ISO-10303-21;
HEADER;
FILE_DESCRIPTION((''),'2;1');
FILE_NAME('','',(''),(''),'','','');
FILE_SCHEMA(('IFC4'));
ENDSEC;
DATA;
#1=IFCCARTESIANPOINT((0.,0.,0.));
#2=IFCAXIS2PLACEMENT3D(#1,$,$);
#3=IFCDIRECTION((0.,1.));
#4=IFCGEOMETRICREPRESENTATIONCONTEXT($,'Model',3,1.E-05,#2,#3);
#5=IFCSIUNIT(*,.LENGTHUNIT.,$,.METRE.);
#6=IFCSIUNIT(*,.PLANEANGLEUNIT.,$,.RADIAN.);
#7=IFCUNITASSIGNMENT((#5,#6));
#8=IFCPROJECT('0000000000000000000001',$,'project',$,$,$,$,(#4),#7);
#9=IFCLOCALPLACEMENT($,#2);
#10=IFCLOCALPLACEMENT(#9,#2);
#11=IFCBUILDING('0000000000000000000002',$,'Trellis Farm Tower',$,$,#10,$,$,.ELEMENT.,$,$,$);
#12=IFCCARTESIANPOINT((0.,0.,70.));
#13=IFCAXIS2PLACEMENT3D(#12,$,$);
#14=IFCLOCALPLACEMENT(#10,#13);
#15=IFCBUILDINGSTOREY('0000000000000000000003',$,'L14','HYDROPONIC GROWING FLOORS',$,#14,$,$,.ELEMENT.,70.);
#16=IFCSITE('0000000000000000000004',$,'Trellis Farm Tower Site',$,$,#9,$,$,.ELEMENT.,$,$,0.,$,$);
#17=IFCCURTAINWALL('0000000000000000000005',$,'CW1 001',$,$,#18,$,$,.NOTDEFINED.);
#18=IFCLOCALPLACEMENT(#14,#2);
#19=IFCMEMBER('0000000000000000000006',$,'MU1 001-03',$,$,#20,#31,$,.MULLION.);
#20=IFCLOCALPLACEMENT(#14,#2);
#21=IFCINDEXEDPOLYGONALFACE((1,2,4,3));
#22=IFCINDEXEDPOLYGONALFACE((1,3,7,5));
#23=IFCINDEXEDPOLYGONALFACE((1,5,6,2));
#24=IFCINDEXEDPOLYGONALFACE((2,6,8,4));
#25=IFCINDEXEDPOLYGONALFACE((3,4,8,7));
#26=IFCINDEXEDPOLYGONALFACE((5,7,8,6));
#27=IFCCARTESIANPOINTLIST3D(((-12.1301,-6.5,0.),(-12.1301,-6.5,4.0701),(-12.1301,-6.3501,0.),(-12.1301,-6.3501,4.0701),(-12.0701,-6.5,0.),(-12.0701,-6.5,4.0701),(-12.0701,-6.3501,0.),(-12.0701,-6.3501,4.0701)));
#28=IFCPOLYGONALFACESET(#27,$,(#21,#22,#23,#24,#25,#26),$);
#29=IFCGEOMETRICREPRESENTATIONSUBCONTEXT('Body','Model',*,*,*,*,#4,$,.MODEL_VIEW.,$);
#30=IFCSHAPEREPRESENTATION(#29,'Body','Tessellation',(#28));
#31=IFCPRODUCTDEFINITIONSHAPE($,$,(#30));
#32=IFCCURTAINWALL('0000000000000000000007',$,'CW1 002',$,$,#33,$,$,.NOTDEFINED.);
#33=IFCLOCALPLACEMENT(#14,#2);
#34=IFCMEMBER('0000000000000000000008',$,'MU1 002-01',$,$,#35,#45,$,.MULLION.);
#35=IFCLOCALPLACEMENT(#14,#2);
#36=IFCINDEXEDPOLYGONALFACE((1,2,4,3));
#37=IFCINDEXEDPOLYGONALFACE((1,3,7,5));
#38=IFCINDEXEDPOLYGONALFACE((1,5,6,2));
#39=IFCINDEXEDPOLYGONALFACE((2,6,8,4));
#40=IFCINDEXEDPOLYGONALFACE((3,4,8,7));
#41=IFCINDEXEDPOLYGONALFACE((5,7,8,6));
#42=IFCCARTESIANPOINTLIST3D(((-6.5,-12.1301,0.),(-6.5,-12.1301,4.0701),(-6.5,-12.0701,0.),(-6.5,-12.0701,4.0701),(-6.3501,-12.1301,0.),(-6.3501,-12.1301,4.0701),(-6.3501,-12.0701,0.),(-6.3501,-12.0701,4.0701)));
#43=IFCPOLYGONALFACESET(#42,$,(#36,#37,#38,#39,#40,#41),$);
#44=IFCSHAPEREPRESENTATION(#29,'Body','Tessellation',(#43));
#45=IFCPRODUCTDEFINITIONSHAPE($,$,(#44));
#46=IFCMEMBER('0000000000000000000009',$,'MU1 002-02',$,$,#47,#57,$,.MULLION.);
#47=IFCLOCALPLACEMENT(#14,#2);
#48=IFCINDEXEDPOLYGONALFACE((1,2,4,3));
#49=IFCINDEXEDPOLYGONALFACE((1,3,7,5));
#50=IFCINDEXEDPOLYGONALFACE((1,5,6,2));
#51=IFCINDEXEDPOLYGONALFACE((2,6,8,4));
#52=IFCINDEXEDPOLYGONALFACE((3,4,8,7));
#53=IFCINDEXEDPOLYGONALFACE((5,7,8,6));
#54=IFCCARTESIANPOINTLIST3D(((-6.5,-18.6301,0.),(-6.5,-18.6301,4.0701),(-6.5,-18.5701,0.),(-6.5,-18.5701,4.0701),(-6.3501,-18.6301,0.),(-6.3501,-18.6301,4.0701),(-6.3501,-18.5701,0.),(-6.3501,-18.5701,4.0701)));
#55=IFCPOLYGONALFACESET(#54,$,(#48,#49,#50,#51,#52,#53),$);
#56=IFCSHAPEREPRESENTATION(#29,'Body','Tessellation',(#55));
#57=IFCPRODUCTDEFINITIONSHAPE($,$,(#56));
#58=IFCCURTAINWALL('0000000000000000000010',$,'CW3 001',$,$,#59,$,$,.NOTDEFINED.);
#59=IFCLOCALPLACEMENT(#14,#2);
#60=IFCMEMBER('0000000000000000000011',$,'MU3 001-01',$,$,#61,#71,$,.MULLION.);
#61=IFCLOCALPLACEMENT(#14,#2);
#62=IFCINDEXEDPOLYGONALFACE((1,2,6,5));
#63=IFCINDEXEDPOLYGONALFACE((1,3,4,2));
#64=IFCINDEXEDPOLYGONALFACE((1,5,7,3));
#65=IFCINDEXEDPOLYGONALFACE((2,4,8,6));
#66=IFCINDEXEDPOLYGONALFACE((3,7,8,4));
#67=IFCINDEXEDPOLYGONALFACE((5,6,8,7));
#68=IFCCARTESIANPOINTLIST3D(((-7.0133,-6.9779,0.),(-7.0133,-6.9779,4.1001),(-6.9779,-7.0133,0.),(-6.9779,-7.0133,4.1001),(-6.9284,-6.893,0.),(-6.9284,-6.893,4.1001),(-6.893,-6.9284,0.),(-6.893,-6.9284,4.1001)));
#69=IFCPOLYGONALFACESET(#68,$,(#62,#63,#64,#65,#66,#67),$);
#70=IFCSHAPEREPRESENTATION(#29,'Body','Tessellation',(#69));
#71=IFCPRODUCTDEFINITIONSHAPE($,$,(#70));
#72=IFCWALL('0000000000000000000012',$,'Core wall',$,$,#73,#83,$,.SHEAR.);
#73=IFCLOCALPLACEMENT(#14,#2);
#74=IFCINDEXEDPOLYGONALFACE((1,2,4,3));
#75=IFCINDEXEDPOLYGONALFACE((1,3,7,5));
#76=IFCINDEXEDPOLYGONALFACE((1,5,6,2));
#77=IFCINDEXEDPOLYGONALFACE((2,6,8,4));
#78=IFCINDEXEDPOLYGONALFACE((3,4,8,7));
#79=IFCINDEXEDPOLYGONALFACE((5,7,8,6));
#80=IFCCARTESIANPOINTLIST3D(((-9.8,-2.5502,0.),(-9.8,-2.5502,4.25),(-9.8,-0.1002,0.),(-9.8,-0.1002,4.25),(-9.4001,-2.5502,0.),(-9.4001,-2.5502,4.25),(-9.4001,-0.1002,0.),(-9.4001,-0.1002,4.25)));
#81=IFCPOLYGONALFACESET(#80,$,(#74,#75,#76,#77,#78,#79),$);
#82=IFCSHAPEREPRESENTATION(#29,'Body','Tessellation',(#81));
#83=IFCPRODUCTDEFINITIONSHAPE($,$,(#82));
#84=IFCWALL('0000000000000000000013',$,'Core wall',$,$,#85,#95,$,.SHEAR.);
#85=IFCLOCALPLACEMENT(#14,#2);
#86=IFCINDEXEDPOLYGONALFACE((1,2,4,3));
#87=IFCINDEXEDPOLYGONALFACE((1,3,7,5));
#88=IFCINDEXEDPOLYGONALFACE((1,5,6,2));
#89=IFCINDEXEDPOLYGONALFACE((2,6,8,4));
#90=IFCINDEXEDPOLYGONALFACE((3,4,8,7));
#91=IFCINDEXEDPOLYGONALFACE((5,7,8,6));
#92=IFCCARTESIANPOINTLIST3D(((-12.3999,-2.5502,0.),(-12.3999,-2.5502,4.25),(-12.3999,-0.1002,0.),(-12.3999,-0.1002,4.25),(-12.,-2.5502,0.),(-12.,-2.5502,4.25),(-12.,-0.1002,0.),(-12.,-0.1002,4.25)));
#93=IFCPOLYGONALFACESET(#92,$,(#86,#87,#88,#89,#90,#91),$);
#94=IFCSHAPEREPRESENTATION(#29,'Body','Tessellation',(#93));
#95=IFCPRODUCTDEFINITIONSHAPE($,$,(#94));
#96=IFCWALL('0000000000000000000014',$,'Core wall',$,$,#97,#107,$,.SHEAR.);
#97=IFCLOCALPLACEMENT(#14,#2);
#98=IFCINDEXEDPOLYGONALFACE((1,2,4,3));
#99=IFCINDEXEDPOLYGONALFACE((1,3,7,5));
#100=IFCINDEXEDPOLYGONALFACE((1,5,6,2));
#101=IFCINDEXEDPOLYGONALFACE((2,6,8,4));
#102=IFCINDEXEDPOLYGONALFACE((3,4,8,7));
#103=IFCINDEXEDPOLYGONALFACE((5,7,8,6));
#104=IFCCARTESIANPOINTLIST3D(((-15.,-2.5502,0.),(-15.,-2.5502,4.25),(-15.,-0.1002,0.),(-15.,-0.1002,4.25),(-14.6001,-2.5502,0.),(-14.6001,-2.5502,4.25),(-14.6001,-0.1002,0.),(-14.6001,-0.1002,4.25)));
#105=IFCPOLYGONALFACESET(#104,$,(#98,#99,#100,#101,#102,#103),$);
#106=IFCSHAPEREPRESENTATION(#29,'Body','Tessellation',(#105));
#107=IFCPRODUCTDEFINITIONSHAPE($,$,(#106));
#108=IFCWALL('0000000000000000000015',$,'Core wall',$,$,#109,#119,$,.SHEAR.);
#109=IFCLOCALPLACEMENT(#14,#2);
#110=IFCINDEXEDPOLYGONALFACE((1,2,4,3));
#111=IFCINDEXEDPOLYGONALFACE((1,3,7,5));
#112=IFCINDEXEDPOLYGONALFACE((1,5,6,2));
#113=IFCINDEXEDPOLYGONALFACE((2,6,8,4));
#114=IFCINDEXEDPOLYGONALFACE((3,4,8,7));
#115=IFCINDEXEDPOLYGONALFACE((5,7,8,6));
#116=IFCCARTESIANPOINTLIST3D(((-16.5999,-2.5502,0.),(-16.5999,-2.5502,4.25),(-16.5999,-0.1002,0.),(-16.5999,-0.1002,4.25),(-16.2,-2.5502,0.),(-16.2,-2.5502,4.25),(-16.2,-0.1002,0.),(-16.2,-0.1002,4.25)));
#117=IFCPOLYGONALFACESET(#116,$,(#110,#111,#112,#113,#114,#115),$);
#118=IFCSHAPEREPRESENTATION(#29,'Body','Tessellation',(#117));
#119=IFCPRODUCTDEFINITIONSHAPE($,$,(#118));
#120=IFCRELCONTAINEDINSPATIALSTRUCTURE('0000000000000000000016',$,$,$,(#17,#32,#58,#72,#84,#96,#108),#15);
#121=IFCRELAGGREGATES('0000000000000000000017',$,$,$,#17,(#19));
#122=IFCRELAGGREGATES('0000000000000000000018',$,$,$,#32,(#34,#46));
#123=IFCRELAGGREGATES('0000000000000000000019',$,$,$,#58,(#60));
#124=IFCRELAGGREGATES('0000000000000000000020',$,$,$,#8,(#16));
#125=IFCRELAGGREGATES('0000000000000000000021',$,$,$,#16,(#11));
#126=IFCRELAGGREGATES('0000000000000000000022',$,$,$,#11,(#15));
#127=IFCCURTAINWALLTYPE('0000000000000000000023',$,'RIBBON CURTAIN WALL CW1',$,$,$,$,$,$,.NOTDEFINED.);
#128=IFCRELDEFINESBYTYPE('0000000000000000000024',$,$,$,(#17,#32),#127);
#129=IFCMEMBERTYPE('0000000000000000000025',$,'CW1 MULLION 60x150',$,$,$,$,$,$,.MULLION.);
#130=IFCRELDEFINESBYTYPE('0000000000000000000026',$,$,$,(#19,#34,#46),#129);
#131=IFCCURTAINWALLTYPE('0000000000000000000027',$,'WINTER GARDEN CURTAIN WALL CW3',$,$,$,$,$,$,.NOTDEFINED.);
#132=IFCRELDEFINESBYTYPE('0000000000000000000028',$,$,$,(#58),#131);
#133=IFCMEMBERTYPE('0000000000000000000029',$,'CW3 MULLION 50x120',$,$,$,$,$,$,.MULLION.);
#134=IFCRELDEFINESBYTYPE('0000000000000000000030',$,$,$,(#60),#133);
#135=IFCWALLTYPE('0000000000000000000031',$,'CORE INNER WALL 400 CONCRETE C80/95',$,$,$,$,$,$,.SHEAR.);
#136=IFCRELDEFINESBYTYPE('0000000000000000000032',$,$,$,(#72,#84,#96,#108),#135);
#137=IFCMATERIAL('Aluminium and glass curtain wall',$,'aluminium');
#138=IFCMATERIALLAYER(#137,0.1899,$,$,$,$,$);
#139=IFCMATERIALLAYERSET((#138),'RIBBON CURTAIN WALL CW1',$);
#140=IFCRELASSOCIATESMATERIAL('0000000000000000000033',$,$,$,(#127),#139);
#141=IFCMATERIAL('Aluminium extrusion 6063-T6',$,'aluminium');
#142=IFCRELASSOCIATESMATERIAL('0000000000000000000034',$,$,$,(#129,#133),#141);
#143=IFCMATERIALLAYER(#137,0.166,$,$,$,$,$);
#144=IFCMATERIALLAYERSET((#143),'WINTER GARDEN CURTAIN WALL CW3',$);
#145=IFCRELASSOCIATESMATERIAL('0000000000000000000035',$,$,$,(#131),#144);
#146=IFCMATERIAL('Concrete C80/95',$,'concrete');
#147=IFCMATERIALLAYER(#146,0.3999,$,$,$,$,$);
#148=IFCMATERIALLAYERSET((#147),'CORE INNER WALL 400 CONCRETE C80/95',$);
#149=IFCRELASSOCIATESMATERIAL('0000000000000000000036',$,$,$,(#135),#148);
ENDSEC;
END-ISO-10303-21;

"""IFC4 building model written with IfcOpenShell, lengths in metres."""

from ifc_helpers import new_model, si_unit, direction, frame, frame_2d, origin, origin_2d, place, context, subcontext, project, spatial, rectangle, extrude, source, transform, mapped, material, layer, layer_set, material_profile, profile_set, type_object, element, aggregate, save


model = new_model("IFC4")

# Units and contexts
model_context = context("Model", 3, precision=1e-05, world=origin(), true_north=direction((0.0, 1.0)))
body_context = subcontext(model_context, "Body", "Model", "MODEL_VIEW")
ifc_project = project(units=[si_unit("LENGTHUNIT", "METRE"), si_unit("PLANEANGLEUNIT", "RADIAN")], contexts=[model_context])

# Site, building, storey
site_placement = place(None, origin())
site = spatial("IfcSite", under=ifc_project, at=site_placement, Name="Trellis Farm Tower Site", CompositionType="ELEMENT", RefElevation=0.0)
building_placement = place(site_placement, origin())
building = spatial("IfcBuilding", under=site, at=building_placement, Name="Trellis Farm Tower", CompositionType="ELEMENT")
storey_placement = place(building_placement, frame((0.0, 0.0, 70.0)))
storey = spatial("IfcBuildingStorey", under=building, at=storey_placement, Name="L14", Description="HYDROPONIC GROWING FLOORS", CompositionType="ELEMENT", Elevation=70.0)

# Shared definitions
ifc_material_1 = material(Name="Concrete C80/95", Category="concrete")

# Curtain wall, member
ifc_material_2 = material(Name="Aluminium and glass curtain wall", Category="aluminium")
ifc_layer_1 = layer(ifc_material_2, 0.1899)
ifc_layer_set_1 = layer_set([ifc_layer_1], Name="RIBBON CURTAIN WALL CW1")
curtain_wall_type_1 = type_object("IfcCurtainWallType", Name="RIBBON CURTAIN WALL CW1", PredefinedType="NOTDEFINED", material=ifc_layer_set_1)
placement = place(storey_placement, origin())
curtain_wall_1 = element("IfcCurtainWall", 1, at=placement, inside=storey, type_object=curtain_wall_type_1, Name="CW1 001", PredefinedType="NOTDEFINED")
ifc_material_3 = material(Name="Aluminium extrusion 6063-T6", Category="aluminium")
ifc_material_profile_1 = material_profile(ifc_material_3, rectangle(XDim=0.0601, YDim=0.1499, at=origin_2d()), Name="MULLION 60x150")
ifc_profile_set_1 = profile_set([ifc_material_profile_1], Name="Aluminium extrusion 6063-T6")
member_type_1 = type_object("IfcMemberType", Name="CW1 MULLION 60x150", PredefinedType="MULLION", material=ifc_profile_set_1)
shared_shape_1 = source(origin(), body_context, "Body", "SweptSolid", [
    extrude(rectangle(XDim=0.0601, YDim=0.1499, at=origin_2d()), origin(), (0.0, 0.0, 1.0), 4.0701),
])
member_1_placement = place(storey_placement, frame((-12.1001, -6.425, 0.0), z_axis=(0.0, 0.0, 1.0), x_axis=(1.0, 0.0, 0.0)))
member_1 = element("IfcMember", 2, at=member_1_placement, type_object=member_type_1, Name="MU1 001-03", PredefinedType="MULLION", context=body_context, shape_type="MappedRepresentation", body=[
    mapped(shared_shape_1, transform((0.0, 0.0, 0.0))),
])
aggregate(curtain_wall_1, [member_1])

# Curtain wall, members
curtain_wall_2 = element("IfcCurtainWall", 3, at=placement, inside=storey, type_object=curtain_wall_type_1, Name="CW1 002", PredefinedType="NOTDEFINED")
member_2_placement = place(storey_placement, frame((-6.425, -12.1001, 0.0), z_axis=(0.0, 0.0, 1.0), x_axis=(0.0, -1.0, 0.0)))
member_2 = element("IfcMember", 4, at=member_2_placement, type_object=member_type_1, Name="MU1 002-01", PredefinedType="MULLION", context=body_context, shape_type="MappedRepresentation", body=[
    mapped(shared_shape_1, transform((0.0, 0.0, 0.0))),
])
member_3_placement = place(storey_placement, frame((-6.425, -18.6001, 0.0), z_axis=(0.0, 0.0, 1.0), x_axis=(0.0, -1.0, 0.0)))
member_3 = element("IfcMember", 5, at=member_3_placement, type_object=member_type_1, Name="MU1 002-02", PredefinedType="MULLION", context=body_context, shape_type="MappedRepresentation", body=[
    mapped(shared_shape_1, transform((0.0, 0.0, 0.0))),
])
aggregate(curtain_wall_2, [member_2, member_3])

# Curtain wall, member
ifc_layer_2 = layer(ifc_material_2, 0.166)
ifc_layer_set_2 = layer_set([ifc_layer_2], Name="WINTER GARDEN CURTAIN WALL CW3")
curtain_wall_type_2 = type_object("IfcCurtainWallType", Name="WINTER GARDEN CURTAIN WALL CW3", PredefinedType="NOTDEFINED", material=ifc_layer_set_2)
curtain_wall_3 = element("IfcCurtainWall", 6, at=placement, inside=storey, type_object=curtain_wall_type_2, Name="CW3 001", PredefinedType="NOTDEFINED")
ifc_material_profile_2 = material_profile(ifc_material_3, rectangle(XDim=0.05, YDim=0.1201, at=origin_2d()), Name="MULLION 50x120")
ifc_profile_set_2 = profile_set([ifc_material_profile_2], Name="Aluminium extrusion 6063-T6")
member_type_2 = type_object("IfcMemberType", Name="CW3 MULLION 50x120", PredefinedType="MULLION", material=ifc_profile_set_2)
shared_shape_2 = source(origin(), body_context, "Body", "SweptSolid", [
    extrude(rectangle(XDim=0.05, YDim=0.1201, at=origin_2d()), origin(), (0.0, 0.0, 1.0), 4.1001),
])
member_4_placement = place(storey_placement, frame((-6.9531, -6.9531, 0.0), z_axis=(0.0, 0.0, 1.0), x_axis=(0.707107, -0.707107, 0.0)))
member_4 = element("IfcMember", 7, at=member_4_placement, type_object=member_type_2, Name="MU3 001-01", PredefinedType="MULLION", context=body_context, shape_type="MappedRepresentation", body=[
    mapped(shared_shape_2, transform((0.0, 0.0, 0.0))),
])
aggregate(curtain_wall_3, [member_4])

# Walls
ifc_layer_3 = layer(ifc_material_1, 0.3999)
ifc_layer_set_3 = layer_set([ifc_layer_3], Name="CORE INNER WALL 400 CONCRETE C80/95")
wall_type_1 = type_object("IfcWallType", Name="CORE INNER WALL 400 CONCRETE C80/95", PredefinedType="SHEAR", material=ifc_layer_set_3)
shared_shape_3 = source(origin(), body_context, "Body", "SweptSolid", [
    extrude(rectangle(XDim=2.45, YDim=0.3999, at=frame_2d((1.2251, 0.0))), origin(), (0.0, 0.0, 1.0), 4.25),
])
for number, where, z_axis, x_axis, name in (
    (8, (-9.6001, -0.1001, 0.0), (0.0, 0.0, 1.0), (0.0, -1.0, 0.0), "Core wall"),
    (9, (-12.2, -0.1001, 0.0), (0.0, 0.0, 1.0), (0.0, -1.0, 0.0), "Core wall"),
    (10, (-14.8, -0.1001, 0.0), (0.0, 0.0, 1.0), (0.0, -1.0, 0.0), "Core wall"),
    (11, (-16.3999, -0.1001, 0.0), (0.0, 0.0, 1.0), (0.0, -1.0, 0.0), "Core wall"),
):
    element("IfcWall", number, at=place(storey_placement, frame(where, z_axis=z_axis, x_axis=x_axis)), inside=storey, type_object=wall_type_1, Name=name, PredefinedType="SHEAR", context=body_context, shape_type="MappedRepresentation", body=[
        mapped(shared_shape_3, transform((0.0, 0.0, 0.0))),
    ])

save(model, "model.ifc")
